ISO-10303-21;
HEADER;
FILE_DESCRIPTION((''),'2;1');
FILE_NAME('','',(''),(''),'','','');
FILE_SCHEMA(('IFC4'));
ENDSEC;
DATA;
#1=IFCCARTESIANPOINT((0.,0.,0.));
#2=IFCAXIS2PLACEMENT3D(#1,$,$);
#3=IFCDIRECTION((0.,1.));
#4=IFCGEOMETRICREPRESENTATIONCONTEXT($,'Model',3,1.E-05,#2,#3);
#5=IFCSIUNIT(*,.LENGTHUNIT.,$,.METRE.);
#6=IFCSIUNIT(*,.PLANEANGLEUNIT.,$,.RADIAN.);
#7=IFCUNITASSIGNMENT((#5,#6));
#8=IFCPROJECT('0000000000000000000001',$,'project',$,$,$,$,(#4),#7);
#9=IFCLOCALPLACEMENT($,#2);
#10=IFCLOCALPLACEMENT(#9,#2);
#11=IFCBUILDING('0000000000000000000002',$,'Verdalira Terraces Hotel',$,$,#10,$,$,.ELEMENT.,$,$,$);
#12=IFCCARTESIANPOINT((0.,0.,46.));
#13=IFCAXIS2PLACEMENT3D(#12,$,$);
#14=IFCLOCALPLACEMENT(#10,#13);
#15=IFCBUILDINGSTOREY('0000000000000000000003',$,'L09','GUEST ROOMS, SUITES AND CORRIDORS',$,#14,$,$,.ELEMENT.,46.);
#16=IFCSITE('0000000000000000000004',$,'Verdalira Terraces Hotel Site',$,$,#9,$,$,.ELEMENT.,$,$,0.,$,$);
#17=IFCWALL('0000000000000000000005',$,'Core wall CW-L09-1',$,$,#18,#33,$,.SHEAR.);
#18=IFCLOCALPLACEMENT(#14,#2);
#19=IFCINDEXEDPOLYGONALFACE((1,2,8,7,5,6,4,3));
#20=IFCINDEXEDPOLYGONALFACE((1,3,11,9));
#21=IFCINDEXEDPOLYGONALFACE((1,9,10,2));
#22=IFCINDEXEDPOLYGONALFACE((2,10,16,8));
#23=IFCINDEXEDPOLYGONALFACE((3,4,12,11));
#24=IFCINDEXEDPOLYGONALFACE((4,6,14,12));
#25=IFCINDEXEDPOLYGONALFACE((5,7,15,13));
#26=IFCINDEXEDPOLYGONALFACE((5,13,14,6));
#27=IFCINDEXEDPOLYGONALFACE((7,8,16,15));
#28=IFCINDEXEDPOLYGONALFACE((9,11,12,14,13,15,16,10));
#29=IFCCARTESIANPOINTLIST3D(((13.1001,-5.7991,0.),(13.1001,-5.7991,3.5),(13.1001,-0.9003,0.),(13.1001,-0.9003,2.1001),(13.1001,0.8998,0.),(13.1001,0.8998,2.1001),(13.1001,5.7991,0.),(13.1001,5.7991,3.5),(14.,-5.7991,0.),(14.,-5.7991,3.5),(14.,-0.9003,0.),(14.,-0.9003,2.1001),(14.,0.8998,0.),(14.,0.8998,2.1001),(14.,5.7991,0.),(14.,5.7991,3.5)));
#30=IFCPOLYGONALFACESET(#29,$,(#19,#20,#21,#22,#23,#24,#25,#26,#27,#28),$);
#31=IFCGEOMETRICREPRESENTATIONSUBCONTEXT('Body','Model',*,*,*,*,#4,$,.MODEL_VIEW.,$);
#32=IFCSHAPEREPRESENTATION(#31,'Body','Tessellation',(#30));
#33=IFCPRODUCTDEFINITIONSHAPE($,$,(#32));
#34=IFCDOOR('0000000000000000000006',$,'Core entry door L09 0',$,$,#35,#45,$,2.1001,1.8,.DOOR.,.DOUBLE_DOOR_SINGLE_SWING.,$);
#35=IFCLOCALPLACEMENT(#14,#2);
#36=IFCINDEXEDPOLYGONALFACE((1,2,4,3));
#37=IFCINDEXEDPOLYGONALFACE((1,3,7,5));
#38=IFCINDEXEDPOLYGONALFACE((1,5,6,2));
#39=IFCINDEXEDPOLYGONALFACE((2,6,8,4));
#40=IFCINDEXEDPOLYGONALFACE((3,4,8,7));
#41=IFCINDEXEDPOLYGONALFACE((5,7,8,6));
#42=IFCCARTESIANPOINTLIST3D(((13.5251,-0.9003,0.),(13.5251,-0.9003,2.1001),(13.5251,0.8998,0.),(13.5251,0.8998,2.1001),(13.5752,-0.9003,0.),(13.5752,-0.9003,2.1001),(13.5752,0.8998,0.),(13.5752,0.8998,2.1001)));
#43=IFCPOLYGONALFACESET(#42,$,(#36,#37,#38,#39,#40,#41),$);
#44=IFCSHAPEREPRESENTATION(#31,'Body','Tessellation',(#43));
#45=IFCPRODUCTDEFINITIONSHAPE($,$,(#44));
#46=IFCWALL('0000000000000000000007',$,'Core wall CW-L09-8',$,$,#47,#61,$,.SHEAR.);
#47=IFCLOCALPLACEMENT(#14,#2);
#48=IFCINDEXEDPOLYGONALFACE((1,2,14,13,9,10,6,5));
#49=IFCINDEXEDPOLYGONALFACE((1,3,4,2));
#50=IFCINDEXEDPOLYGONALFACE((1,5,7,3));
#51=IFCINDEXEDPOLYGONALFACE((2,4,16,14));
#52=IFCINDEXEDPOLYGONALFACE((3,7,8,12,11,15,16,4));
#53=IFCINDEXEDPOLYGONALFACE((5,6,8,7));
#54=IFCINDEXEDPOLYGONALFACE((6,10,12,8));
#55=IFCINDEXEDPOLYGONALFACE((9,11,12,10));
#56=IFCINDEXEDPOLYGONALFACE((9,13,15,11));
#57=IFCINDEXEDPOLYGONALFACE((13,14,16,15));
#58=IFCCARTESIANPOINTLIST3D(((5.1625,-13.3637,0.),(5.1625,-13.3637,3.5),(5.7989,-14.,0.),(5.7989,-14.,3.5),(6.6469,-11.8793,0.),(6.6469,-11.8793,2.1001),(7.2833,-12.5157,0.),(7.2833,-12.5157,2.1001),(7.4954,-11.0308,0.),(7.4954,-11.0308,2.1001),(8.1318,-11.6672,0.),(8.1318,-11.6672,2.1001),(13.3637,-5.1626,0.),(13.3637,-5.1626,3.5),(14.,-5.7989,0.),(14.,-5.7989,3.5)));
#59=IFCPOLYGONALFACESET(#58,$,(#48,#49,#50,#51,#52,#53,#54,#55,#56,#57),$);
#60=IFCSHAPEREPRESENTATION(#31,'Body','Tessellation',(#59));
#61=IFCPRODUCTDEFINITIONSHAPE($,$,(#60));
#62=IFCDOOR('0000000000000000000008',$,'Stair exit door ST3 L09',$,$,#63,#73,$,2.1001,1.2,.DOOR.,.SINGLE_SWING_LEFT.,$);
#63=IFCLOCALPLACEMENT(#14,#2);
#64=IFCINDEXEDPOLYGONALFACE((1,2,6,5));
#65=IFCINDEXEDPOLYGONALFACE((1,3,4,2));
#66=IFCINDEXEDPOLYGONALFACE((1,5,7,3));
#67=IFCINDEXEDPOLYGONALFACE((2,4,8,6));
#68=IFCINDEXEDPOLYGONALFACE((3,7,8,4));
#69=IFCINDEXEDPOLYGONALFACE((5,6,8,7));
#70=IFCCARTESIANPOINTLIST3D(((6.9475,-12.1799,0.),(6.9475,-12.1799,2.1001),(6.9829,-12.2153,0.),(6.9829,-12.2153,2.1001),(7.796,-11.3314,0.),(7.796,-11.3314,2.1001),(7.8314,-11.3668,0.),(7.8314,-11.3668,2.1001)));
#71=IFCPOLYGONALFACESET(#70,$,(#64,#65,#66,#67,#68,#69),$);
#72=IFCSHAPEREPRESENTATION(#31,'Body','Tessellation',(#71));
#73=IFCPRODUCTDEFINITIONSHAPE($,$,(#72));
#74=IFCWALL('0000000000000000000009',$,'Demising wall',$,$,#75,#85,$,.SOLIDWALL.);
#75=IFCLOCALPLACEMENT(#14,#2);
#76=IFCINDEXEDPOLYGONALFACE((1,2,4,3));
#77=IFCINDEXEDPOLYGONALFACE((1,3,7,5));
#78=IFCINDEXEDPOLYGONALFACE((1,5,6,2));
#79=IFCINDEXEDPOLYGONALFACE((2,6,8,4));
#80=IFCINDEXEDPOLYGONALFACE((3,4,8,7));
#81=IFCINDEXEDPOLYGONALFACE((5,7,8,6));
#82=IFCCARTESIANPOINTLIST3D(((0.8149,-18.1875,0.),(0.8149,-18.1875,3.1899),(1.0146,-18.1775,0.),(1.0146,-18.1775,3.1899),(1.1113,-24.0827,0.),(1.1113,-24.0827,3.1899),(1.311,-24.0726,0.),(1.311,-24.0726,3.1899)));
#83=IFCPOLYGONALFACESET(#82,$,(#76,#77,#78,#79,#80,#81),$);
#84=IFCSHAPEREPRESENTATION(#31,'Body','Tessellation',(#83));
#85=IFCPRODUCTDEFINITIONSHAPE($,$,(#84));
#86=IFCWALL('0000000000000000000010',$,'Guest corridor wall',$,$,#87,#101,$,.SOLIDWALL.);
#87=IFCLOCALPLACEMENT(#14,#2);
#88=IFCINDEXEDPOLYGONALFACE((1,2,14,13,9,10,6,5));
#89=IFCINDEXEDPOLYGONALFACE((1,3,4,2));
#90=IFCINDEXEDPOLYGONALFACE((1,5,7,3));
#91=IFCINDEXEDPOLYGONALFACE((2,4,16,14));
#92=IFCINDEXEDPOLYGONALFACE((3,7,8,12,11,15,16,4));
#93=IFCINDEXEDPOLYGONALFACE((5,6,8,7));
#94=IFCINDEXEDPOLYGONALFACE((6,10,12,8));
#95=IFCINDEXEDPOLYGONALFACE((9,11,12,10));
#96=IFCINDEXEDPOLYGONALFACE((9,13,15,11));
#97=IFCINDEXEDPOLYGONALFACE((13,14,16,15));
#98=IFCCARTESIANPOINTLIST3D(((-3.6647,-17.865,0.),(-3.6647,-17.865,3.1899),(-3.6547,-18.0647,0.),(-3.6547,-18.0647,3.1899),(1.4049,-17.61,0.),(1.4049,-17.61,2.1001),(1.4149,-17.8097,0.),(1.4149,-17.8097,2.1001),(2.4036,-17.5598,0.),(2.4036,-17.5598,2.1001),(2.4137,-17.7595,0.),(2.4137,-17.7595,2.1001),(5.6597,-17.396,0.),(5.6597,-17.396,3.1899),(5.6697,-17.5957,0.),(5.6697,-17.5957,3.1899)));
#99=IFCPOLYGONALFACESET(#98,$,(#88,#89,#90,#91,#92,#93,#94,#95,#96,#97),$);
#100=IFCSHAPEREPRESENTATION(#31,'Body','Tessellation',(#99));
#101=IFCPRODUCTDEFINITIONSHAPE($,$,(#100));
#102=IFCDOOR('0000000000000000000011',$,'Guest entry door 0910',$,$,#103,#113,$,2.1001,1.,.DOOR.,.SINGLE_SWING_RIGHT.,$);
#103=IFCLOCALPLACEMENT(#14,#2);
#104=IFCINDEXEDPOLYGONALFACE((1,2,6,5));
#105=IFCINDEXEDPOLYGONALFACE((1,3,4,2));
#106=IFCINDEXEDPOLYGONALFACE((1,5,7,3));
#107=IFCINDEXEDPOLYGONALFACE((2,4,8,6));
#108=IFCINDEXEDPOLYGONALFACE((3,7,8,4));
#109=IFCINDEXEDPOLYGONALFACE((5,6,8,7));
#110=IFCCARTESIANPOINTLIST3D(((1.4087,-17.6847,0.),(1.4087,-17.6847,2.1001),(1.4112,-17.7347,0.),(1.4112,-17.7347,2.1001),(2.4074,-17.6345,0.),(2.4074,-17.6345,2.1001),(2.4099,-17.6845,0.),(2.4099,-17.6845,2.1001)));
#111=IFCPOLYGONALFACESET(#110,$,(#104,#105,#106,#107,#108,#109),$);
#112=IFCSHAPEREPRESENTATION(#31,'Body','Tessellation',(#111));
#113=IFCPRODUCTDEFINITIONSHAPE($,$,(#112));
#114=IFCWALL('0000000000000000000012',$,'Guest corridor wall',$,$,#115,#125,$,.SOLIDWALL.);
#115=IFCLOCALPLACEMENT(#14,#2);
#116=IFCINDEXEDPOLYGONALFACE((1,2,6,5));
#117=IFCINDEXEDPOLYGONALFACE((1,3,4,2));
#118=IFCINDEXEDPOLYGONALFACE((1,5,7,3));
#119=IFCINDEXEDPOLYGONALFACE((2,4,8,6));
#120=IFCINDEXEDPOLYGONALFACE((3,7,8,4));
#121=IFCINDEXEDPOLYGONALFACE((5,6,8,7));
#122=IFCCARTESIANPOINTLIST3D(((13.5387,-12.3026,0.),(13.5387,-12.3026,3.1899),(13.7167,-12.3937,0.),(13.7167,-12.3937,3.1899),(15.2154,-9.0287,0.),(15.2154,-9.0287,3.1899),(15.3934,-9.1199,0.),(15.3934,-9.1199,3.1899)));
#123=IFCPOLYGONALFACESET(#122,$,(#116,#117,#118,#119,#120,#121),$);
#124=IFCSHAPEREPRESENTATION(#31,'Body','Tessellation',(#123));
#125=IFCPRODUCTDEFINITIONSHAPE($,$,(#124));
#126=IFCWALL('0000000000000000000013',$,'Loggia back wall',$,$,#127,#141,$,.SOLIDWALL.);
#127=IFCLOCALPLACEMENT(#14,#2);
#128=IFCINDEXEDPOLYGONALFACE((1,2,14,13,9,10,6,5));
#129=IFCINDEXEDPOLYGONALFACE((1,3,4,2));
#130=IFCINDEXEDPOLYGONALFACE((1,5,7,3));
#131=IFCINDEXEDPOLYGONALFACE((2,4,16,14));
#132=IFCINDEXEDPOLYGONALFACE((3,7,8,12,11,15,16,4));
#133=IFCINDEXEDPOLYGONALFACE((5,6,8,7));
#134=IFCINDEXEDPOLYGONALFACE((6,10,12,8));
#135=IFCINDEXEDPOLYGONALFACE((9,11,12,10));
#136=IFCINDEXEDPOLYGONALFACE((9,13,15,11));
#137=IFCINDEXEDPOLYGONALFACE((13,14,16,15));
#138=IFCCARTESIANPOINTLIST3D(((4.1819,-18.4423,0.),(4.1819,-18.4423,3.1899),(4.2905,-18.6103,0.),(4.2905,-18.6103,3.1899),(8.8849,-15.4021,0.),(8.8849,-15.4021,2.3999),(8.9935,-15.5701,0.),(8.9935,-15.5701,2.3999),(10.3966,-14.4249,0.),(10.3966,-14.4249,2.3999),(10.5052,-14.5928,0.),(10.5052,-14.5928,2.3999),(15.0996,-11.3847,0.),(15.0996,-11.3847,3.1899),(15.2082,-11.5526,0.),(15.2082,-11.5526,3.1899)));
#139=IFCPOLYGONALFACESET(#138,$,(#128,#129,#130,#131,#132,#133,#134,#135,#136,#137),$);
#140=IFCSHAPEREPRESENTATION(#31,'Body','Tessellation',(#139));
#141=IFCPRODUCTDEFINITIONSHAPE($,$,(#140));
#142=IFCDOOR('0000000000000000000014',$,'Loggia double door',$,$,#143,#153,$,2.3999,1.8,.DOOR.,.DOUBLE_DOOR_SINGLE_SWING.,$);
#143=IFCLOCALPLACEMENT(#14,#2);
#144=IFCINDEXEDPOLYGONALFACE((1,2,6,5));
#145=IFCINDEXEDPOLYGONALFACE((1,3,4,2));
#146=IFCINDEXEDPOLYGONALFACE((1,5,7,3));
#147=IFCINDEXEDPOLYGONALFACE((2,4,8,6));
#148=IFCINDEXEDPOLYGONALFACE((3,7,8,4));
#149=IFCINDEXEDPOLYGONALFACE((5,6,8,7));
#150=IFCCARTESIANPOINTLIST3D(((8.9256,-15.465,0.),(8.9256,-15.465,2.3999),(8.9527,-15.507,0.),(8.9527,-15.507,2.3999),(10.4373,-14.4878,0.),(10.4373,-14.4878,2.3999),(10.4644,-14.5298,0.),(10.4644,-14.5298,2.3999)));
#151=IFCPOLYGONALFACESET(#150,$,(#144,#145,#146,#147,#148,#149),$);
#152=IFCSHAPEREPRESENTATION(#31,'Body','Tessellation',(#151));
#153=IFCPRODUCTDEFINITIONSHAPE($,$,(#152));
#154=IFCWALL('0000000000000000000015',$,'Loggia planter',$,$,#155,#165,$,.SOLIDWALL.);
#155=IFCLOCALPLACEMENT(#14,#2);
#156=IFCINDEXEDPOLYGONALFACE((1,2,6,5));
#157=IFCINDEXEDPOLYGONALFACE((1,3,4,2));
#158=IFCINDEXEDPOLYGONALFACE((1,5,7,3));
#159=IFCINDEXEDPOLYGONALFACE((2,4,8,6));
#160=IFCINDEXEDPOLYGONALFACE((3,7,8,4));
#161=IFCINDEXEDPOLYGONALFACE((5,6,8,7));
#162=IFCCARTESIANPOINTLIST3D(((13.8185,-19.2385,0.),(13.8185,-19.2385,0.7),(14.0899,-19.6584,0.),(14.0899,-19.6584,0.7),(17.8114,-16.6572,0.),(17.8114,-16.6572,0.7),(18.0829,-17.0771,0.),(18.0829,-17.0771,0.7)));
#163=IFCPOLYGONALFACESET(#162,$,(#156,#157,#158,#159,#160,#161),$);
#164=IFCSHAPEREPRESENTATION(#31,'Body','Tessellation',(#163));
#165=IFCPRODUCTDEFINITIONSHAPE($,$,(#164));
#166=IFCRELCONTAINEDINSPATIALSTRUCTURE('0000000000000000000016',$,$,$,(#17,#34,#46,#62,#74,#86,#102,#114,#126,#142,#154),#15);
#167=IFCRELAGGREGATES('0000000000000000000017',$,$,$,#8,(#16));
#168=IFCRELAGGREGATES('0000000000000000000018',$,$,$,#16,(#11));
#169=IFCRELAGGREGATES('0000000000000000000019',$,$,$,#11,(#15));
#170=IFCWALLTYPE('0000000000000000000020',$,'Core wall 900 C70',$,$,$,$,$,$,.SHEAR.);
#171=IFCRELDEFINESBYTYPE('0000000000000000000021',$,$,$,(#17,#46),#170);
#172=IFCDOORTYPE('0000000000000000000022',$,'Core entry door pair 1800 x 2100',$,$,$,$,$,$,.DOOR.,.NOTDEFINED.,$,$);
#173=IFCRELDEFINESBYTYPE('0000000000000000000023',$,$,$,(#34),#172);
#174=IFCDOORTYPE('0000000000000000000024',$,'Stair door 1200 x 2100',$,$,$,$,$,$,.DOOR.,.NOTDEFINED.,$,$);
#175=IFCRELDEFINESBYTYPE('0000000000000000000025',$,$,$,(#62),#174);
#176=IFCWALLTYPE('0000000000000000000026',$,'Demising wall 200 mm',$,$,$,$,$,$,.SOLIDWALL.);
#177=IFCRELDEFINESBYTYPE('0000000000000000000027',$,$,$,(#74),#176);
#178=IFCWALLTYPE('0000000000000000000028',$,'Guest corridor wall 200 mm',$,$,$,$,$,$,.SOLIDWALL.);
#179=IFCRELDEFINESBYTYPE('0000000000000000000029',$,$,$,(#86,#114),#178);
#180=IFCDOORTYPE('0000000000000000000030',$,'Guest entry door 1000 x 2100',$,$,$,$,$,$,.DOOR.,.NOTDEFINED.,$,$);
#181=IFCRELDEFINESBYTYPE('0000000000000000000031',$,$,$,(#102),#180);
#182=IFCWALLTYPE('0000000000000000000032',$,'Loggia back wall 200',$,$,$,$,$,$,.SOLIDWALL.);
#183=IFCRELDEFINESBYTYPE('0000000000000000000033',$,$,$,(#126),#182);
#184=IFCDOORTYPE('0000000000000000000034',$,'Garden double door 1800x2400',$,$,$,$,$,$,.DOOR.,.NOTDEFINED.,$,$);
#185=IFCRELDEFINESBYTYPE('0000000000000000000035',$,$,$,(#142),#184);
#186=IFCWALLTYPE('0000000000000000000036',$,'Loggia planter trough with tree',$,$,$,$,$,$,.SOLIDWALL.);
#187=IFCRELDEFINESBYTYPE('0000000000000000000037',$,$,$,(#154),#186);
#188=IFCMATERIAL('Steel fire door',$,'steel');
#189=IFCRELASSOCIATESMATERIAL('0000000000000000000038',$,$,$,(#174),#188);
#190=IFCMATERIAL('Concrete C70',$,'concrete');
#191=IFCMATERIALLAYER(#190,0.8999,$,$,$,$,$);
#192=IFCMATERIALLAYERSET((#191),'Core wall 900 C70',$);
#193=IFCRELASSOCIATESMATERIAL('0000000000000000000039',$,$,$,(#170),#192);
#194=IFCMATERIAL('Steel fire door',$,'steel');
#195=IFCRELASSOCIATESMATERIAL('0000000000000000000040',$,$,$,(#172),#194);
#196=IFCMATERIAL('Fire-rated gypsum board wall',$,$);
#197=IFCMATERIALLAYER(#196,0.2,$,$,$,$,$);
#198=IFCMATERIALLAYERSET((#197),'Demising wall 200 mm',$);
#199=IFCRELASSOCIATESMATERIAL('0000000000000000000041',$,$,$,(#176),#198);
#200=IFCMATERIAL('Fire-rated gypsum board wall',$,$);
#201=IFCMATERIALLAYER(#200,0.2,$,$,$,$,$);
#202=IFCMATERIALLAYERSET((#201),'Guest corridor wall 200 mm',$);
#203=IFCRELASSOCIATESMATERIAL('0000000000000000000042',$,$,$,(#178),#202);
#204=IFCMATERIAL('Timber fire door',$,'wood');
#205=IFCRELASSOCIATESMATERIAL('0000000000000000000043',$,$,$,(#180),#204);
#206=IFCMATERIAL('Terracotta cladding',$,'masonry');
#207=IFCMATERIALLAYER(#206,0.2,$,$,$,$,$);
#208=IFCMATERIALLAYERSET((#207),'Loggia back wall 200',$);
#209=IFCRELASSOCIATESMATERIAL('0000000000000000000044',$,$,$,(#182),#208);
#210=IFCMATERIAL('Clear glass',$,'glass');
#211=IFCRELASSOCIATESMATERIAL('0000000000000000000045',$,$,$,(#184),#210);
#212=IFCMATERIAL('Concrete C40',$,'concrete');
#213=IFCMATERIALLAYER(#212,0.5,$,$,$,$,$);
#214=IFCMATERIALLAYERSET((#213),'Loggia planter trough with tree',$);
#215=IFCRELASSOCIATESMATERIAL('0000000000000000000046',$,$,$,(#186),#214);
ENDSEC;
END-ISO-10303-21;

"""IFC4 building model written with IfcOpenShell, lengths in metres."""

from ifc_helpers import new_model, si_unit, direction, frame, frame_2d, origin, place, context, subcontext, project, spatial, rectangle, extrude, material, layer, layer_set, type_object, element, fill, save


model = new_model("IFC4")

# Units and contexts
model_context = context("Model", 3, precision=1e-05, world=origin(), true_north=direction((0.0, 1.0)))
body_context = subcontext(model_context, "Body", "Model", "MODEL_VIEW")
ifc_project = project(units=[si_unit("LENGTHUNIT", "METRE"), si_unit("PLANEANGLEUNIT", "RADIAN")], contexts=[model_context])

# Site, building, storey
site_placement = place(None, origin())
site = spatial("IfcSite", under=ifc_project, at=site_placement, Name="Verdalira Terraces Hotel Site", CompositionType="ELEMENT", RefElevation=0.0)
building_placement = place(site_placement, origin())
building = spatial("IfcBuilding", under=site, at=building_placement, Name="Verdalira Terraces Hotel", CompositionType="ELEMENT")
storey_placement = place(building_placement, frame((0.0, 0.0, 46.0)))
storey = spatial("IfcBuildingStorey", under=building, at=storey_placement, Name="L09", Description="GUEST ROOMS, SUITES AND CORRIDORS", CompositionType="ELEMENT", Elevation=46.0)

# Shared definitions
ifc_material_1 = material(Name="Steel fire door", Category="steel")
door_type_1 = type_object("IfcDoorType", Name="Stair door 1200 x 2100", OperationType="NOTDEFINED", PredefinedType="DOOR", material=ifc_material_1)

# Walls, openings, doors
ifc_material_2 = material(Name="Concrete C70", Category="concrete")
ifc_layer_1 = layer(ifc_material_2, 0.8999)
ifc_layer_set_1 = layer_set([ifc_layer_1], Name="Core wall 900 C70")
wall_type_1 = type_object("IfcWallType", Name="Core wall 900 C70", PredefinedType="SHEAR", material=ifc_layer_set_1)
wall_1_placement = place(storey_placement, frame((13.55, -5.7991, 0.0), z_axis=(0.0, 0.0, 1.0), x_axis=(0.0, 1.0, 0.0)))
wall_1 = element("IfcWall", 1, at=wall_1_placement, inside=storey, type_object=wall_type_1, Name="Core wall CW-L09-1", PredefinedType="SHEAR", context=body_context, shape_type="SweptSolid", body=[
    extrude(rectangle(XDim=11.5981, YDim=0.8999, at=frame_2d((5.7991, 0.0))), origin(), (0.0, 0.0, 1.0), 3.5),
])
opening_1_placement = place(wall_1_placement, frame((4.8989, 0.0, 0.0)))
opening_1 = element("IfcOpeningElement", 2, at=opening_1_placement, cuts=wall_1, PredefinedType="OPENING", context=body_context, shape_type="SweptSolid", body=[
    extrude(rectangle(XDim=1.8, YDim=2.1001, at=frame_2d((0.8999, 1.05))), frame((0.0, 0.46, 0.0), z_axis=(0.0, -1.0, 0.0), x_axis=(1.0, 0.0, 0.0)), (0.0, 0.0, 1.0), 0.9199),
])
ifc_material_3 = material(Name="Steel fire door", Category="steel")
door_type_2 = type_object("IfcDoorType", Name="Core entry door pair 1800 x 2100", OperationType="NOTDEFINED", PredefinedType="DOOR", material=ifc_material_3)
door_1_placement = place(opening_1_placement, origin())
door_1 = element("IfcDoor", 3, at=door_1_placement, inside=storey, type_object=door_type_2, Name="Core entry door L09 0", OperationType="DOUBLE_DOOR_SINGLE_SWING", OverallHeight=2.1001, OverallWidth=1.8, PredefinedType="DOOR", context=body_context, shape_type="SweptSolid", body=[
    extrude(rectangle(XDim=1.8, YDim=2.1001, at=frame_2d((0.8999, 1.05))), frame((0.0, 0.0249, 0.0), z_axis=(0.0, -1.0, 0.0), x_axis=(1.0, 0.0, 0.0)), (0.0, 0.0, 1.0), 0.05),
])
fill(opening_1, door_1)
wall_2_placement = place(storey_placement, frame((5.4807, -13.6819, 0.0), z_axis=(0.0, 0.0, 1.0), x_axis=(0.707107, 0.707107, 0.0)))
wall_2 = element("IfcWall", 4, at=wall_2_placement, inside=storey, type_object=wall_type_1, Name="Core wall CW-L09-8", PredefinedType="SHEAR", context=body_context, shape_type="SweptSolid", body=[
    extrude(rectangle(XDim=11.5981, YDim=0.8999, at=frame_2d((5.7991, 0.0))), origin(), (0.0, 0.0, 1.0), 3.5),
])
opening_2_placement = place(wall_2_placement, frame((2.0991, 0.0, 0.0)))
opening_2 = element("IfcOpeningElement", 5, at=opening_2_placement, cuts=wall_2, PredefinedType="OPENING", context=body_context, shape_type="SweptSolid", body=[
    extrude(rectangle(XDim=1.2, YDim=2.1001, at=frame_2d((0.6001, 1.05))), frame((0.0, 0.46, 0.0), z_axis=(0.0, -1.0, 0.0), x_axis=(1.0, 0.0, 0.0)), (0.0, 0.0, 1.0), 0.9199),
])
door_2_placement = place(opening_2_placement, origin())
door_2 = element("IfcDoor", 6, at=door_2_placement, inside=storey, type_object=door_type_1, Name="Stair exit door ST3 L09", OperationType="SINGLE_SWING_LEFT", OverallHeight=2.1001, OverallWidth=1.2, PredefinedType="DOOR", context=body_context, shape_type="SweptSolid", body=[
    extrude(rectangle(XDim=1.2, YDim=2.1001, at=frame_2d((0.6001, 1.05))), frame((0.0, 0.0249, 0.0), z_axis=(0.0, -1.0, 0.0), x_axis=(1.0, 0.0, 0.0)), (0.0, 0.0, 1.0), 0.05),
])
fill(opening_2, door_2)

# Wall
ifc_material_4 = material(Name="Fire-rated gypsum board wall")
ifc_layer_2 = layer(ifc_material_4, 0.2)
ifc_layer_set_2 = layer_set([ifc_layer_2], Name="Demising wall 200 mm")
wall_type_2 = type_object("IfcWallType", Name="Demising wall 200 mm", PredefinedType="SOLIDWALL", material=ifc_layer_set_2)
wall_3_placement = place(storey_placement, frame((0.9148, -18.1826, 0.0), z_axis=(0.0, 0.0, 1.0), x_axis=(0.050212, -0.998739, 0.0)))
element("IfcWall", 7, at=wall_3_placement, inside=storey, type_object=wall_type_2, Name="Demising wall", PredefinedType="SOLIDWALL", context=body_context, shape_type="SweptSolid", body=[
    extrude(rectangle(XDim=5.9026, YDim=0.2, at=frame_2d((2.9512, 0.0))), origin(), (0.0, 0.0, 1.0), 3.1899),
])

# Wall, opening, door
ifc_material_5 = material(Name="Fire-rated gypsum board wall")
ifc_layer_3 = layer(ifc_material_5, 0.2)
ifc_layer_set_3 = layer_set([ifc_layer_3], Name="Guest corridor wall 200 mm")
wall_type_3 = type_object("IfcWallType", Name="Guest corridor wall 200 mm", PredefinedType="SOLIDWALL", material=ifc_layer_set_3)
wall_4_placement = place(storey_placement, frame((5.6646, -17.4959, 0.0), z_axis=(0.0, 0.0, 1.0), x_axis=(-0.998737, -0.050234, 0.0)))
wall_4 = element("IfcWall", 8, at=wall_4_placement, inside=storey, type_object=wall_type_3, Name="Guest corridor wall", PredefinedType="SOLIDWALL", context=body_context, shape_type="SweptSolid", body=[
    extrude(rectangle(XDim=9.3362, YDim=0.2, at=frame_2d((4.668, 0.0))), origin(), (0.0, 0.0, 1.0), 3.1899),
])
opening_3_placement = place(wall_4_placement, frame((3.26, 0.0, 0.0)))
opening_3 = element("IfcOpeningElement", 9, at=opening_3_placement, cuts=wall_4, PredefinedType="OPENING", context=body_context, shape_type="SweptSolid", body=[
    extrude(rectangle(XDim=1.0, YDim=2.1001, at=frame_2d((0.5, 1.05))), frame((0.0, 0.1099, 0.0), z_axis=(0.0, -1.0, 0.0), x_axis=(1.0, 0.0, 0.0)), (0.0, 0.0, 1.0), 0.22),
])
ifc_material_6 = material(Name="Timber fire door", Category="wood")
door_type_3 = type_object("IfcDoorType", Name="Guest entry door 1000 x 2100", OperationType="NOTDEFINED", PredefinedType="DOOR", material=ifc_material_6)
door_3_placement = place(opening_3_placement, origin())
door_3 = element("IfcDoor", 10, at=door_3_placement, inside=storey, type_object=door_type_3, Name="Guest entry door 0910", OperationType="SINGLE_SWING_RIGHT", OverallHeight=2.1001, OverallWidth=1.0, PredefinedType="DOOR", context=body_context, shape_type="SweptSolid", body=[
    extrude(rectangle(XDim=1.0, YDim=2.1001, at=frame_2d((0.5, 1.05))), frame((0.0, 0.0249, 0.0), z_axis=(0.0, -1.0, 0.0), x_axis=(1.0, 0.0, 0.0)), (0.0, 0.0, 1.0), 0.05),
])
fill(opening_3, door_3)

# Wall
wall_5_placement = place(storey_placement, frame((13.6277, -12.3481, 0.0), z_axis=(0.0, 0.0, 1.0), x_axis=(0.455848, 0.890058, 0.0)))
element("IfcWall", 11, at=wall_5_placement, inside=storey, type_object=wall_type_3, Name="Guest corridor wall", PredefinedType="SOLIDWALL", context=body_context, shape_type="SweptSolid", body=[
    extrude(rectangle(XDim=3.6782, YDim=0.2, at=frame_2d((1.8391, 0.0))), origin(), (0.0, 0.0, 1.0), 3.1899),
])

# Wall, opening, door
ifc_material_7 = material(Name="Terracotta cladding", Category="masonry")
ifc_layer_4 = layer(ifc_material_7, 0.2)
ifc_layer_set_4 = layer_set([ifc_layer_4], Name="Loggia back wall 200")
wall_type_4 = type_object("IfcWallType", Name="Loggia back wall 200", PredefinedType="SOLIDWALL", material=ifc_layer_set_4)
wall_6_placement = place(storey_placement, frame((15.1538, -11.4688, 0.0), z_axis=(0.0, 0.0, 1.0), x_axis=(-0.839808, -0.542883, 0.0)))
wall_6 = element("IfcWall", 12, at=wall_6_placement, inside=storey, type_object=wall_type_4, Name="Loggia back wall", PredefinedType="SOLIDWALL", context=body_context, shape_type="SweptSolid", body=[
    extrude(rectangle(XDim=13.0002, YDim=0.2, at=frame_2d((6.5, 0.0))), origin(), (0.0, 0.0, 1.0), 3.1899),
])
opening_4_placement = place(wall_6_placement, frame((5.6001, 0.0, 0.0)))
opening_4 = element("IfcOpeningElement", 13, at=opening_4_placement, cuts=wall_6, PredefinedType="OPENING", context=body_context, shape_type="SweptSolid", body=[
    extrude(rectangle(XDim=1.8, YDim=2.3999, at=frame_2d((0.8999, 1.2))), frame((0.0, 0.1099, 0.0), z_axis=(0.0, -1.0, 0.0), x_axis=(1.0, 0.0, 0.0)), (0.0, 0.0, 1.0), 0.22),
])
ifc_material_8 = material(Name="Clear glass", Category="glass")
door_type_4 = type_object("IfcDoorType", Name="Garden double door 1800x2400", OperationType="NOTDEFINED", PredefinedType="DOOR", material=ifc_material_8)
door_4_placement = place(opening_4_placement, origin())
door_4 = element("IfcDoor", 14, at=door_4_placement, inside=storey, type_object=door_type_4, Name="Loggia double door", OperationType="DOUBLE_DOOR_SINGLE_SWING", OverallHeight=2.3999, OverallWidth=1.8, PredefinedType="DOOR", context=body_context, shape_type="SweptSolid", body=[
    extrude(rectangle(XDim=1.8, YDim=2.3999, at=frame_2d((0.8999, 1.2))), frame((0.0, 0.0249, 0.0), z_axis=(0.0, -1.0, 0.0), x_axis=(1.0, 0.0, 0.0)), (0.0, 0.0, 1.0), 0.05),
])
fill(opening_4, door_4)

# Wall
ifc_material_9 = material(Name="Concrete C40", Category="concrete")
ifc_layer_5 = layer(ifc_material_9, 0.5)
ifc_layer_set_5 = layer_set([ifc_layer_5], Name="Loggia planter trough with tree")
wall_type_5 = type_object("IfcWallType", Name="Loggia planter trough with tree", PredefinedType="SOLIDWALL", material=ifc_layer_set_5)
wall_7_placement = place(storey_placement, frame((13.9541, -19.4485, 0.0), z_axis=(0.0, 0.0, 1.0), x_axis=(0.839796, 0.542902, 0.0)))
element("IfcWall", 15, at=wall_7_placement, inside=storey, type_object=wall_type_5, Name="Loggia planter", PredefinedType="SOLIDWALL", context=body_context, shape_type="SweptSolid", body=[
    extrude(rectangle(XDim=4.7546, YDim=0.5, at=frame_2d((2.3774, 0.0))), origin(), (0.0, 0.0, 1.0), 0.7),
])

save(model, "model.ifc")
